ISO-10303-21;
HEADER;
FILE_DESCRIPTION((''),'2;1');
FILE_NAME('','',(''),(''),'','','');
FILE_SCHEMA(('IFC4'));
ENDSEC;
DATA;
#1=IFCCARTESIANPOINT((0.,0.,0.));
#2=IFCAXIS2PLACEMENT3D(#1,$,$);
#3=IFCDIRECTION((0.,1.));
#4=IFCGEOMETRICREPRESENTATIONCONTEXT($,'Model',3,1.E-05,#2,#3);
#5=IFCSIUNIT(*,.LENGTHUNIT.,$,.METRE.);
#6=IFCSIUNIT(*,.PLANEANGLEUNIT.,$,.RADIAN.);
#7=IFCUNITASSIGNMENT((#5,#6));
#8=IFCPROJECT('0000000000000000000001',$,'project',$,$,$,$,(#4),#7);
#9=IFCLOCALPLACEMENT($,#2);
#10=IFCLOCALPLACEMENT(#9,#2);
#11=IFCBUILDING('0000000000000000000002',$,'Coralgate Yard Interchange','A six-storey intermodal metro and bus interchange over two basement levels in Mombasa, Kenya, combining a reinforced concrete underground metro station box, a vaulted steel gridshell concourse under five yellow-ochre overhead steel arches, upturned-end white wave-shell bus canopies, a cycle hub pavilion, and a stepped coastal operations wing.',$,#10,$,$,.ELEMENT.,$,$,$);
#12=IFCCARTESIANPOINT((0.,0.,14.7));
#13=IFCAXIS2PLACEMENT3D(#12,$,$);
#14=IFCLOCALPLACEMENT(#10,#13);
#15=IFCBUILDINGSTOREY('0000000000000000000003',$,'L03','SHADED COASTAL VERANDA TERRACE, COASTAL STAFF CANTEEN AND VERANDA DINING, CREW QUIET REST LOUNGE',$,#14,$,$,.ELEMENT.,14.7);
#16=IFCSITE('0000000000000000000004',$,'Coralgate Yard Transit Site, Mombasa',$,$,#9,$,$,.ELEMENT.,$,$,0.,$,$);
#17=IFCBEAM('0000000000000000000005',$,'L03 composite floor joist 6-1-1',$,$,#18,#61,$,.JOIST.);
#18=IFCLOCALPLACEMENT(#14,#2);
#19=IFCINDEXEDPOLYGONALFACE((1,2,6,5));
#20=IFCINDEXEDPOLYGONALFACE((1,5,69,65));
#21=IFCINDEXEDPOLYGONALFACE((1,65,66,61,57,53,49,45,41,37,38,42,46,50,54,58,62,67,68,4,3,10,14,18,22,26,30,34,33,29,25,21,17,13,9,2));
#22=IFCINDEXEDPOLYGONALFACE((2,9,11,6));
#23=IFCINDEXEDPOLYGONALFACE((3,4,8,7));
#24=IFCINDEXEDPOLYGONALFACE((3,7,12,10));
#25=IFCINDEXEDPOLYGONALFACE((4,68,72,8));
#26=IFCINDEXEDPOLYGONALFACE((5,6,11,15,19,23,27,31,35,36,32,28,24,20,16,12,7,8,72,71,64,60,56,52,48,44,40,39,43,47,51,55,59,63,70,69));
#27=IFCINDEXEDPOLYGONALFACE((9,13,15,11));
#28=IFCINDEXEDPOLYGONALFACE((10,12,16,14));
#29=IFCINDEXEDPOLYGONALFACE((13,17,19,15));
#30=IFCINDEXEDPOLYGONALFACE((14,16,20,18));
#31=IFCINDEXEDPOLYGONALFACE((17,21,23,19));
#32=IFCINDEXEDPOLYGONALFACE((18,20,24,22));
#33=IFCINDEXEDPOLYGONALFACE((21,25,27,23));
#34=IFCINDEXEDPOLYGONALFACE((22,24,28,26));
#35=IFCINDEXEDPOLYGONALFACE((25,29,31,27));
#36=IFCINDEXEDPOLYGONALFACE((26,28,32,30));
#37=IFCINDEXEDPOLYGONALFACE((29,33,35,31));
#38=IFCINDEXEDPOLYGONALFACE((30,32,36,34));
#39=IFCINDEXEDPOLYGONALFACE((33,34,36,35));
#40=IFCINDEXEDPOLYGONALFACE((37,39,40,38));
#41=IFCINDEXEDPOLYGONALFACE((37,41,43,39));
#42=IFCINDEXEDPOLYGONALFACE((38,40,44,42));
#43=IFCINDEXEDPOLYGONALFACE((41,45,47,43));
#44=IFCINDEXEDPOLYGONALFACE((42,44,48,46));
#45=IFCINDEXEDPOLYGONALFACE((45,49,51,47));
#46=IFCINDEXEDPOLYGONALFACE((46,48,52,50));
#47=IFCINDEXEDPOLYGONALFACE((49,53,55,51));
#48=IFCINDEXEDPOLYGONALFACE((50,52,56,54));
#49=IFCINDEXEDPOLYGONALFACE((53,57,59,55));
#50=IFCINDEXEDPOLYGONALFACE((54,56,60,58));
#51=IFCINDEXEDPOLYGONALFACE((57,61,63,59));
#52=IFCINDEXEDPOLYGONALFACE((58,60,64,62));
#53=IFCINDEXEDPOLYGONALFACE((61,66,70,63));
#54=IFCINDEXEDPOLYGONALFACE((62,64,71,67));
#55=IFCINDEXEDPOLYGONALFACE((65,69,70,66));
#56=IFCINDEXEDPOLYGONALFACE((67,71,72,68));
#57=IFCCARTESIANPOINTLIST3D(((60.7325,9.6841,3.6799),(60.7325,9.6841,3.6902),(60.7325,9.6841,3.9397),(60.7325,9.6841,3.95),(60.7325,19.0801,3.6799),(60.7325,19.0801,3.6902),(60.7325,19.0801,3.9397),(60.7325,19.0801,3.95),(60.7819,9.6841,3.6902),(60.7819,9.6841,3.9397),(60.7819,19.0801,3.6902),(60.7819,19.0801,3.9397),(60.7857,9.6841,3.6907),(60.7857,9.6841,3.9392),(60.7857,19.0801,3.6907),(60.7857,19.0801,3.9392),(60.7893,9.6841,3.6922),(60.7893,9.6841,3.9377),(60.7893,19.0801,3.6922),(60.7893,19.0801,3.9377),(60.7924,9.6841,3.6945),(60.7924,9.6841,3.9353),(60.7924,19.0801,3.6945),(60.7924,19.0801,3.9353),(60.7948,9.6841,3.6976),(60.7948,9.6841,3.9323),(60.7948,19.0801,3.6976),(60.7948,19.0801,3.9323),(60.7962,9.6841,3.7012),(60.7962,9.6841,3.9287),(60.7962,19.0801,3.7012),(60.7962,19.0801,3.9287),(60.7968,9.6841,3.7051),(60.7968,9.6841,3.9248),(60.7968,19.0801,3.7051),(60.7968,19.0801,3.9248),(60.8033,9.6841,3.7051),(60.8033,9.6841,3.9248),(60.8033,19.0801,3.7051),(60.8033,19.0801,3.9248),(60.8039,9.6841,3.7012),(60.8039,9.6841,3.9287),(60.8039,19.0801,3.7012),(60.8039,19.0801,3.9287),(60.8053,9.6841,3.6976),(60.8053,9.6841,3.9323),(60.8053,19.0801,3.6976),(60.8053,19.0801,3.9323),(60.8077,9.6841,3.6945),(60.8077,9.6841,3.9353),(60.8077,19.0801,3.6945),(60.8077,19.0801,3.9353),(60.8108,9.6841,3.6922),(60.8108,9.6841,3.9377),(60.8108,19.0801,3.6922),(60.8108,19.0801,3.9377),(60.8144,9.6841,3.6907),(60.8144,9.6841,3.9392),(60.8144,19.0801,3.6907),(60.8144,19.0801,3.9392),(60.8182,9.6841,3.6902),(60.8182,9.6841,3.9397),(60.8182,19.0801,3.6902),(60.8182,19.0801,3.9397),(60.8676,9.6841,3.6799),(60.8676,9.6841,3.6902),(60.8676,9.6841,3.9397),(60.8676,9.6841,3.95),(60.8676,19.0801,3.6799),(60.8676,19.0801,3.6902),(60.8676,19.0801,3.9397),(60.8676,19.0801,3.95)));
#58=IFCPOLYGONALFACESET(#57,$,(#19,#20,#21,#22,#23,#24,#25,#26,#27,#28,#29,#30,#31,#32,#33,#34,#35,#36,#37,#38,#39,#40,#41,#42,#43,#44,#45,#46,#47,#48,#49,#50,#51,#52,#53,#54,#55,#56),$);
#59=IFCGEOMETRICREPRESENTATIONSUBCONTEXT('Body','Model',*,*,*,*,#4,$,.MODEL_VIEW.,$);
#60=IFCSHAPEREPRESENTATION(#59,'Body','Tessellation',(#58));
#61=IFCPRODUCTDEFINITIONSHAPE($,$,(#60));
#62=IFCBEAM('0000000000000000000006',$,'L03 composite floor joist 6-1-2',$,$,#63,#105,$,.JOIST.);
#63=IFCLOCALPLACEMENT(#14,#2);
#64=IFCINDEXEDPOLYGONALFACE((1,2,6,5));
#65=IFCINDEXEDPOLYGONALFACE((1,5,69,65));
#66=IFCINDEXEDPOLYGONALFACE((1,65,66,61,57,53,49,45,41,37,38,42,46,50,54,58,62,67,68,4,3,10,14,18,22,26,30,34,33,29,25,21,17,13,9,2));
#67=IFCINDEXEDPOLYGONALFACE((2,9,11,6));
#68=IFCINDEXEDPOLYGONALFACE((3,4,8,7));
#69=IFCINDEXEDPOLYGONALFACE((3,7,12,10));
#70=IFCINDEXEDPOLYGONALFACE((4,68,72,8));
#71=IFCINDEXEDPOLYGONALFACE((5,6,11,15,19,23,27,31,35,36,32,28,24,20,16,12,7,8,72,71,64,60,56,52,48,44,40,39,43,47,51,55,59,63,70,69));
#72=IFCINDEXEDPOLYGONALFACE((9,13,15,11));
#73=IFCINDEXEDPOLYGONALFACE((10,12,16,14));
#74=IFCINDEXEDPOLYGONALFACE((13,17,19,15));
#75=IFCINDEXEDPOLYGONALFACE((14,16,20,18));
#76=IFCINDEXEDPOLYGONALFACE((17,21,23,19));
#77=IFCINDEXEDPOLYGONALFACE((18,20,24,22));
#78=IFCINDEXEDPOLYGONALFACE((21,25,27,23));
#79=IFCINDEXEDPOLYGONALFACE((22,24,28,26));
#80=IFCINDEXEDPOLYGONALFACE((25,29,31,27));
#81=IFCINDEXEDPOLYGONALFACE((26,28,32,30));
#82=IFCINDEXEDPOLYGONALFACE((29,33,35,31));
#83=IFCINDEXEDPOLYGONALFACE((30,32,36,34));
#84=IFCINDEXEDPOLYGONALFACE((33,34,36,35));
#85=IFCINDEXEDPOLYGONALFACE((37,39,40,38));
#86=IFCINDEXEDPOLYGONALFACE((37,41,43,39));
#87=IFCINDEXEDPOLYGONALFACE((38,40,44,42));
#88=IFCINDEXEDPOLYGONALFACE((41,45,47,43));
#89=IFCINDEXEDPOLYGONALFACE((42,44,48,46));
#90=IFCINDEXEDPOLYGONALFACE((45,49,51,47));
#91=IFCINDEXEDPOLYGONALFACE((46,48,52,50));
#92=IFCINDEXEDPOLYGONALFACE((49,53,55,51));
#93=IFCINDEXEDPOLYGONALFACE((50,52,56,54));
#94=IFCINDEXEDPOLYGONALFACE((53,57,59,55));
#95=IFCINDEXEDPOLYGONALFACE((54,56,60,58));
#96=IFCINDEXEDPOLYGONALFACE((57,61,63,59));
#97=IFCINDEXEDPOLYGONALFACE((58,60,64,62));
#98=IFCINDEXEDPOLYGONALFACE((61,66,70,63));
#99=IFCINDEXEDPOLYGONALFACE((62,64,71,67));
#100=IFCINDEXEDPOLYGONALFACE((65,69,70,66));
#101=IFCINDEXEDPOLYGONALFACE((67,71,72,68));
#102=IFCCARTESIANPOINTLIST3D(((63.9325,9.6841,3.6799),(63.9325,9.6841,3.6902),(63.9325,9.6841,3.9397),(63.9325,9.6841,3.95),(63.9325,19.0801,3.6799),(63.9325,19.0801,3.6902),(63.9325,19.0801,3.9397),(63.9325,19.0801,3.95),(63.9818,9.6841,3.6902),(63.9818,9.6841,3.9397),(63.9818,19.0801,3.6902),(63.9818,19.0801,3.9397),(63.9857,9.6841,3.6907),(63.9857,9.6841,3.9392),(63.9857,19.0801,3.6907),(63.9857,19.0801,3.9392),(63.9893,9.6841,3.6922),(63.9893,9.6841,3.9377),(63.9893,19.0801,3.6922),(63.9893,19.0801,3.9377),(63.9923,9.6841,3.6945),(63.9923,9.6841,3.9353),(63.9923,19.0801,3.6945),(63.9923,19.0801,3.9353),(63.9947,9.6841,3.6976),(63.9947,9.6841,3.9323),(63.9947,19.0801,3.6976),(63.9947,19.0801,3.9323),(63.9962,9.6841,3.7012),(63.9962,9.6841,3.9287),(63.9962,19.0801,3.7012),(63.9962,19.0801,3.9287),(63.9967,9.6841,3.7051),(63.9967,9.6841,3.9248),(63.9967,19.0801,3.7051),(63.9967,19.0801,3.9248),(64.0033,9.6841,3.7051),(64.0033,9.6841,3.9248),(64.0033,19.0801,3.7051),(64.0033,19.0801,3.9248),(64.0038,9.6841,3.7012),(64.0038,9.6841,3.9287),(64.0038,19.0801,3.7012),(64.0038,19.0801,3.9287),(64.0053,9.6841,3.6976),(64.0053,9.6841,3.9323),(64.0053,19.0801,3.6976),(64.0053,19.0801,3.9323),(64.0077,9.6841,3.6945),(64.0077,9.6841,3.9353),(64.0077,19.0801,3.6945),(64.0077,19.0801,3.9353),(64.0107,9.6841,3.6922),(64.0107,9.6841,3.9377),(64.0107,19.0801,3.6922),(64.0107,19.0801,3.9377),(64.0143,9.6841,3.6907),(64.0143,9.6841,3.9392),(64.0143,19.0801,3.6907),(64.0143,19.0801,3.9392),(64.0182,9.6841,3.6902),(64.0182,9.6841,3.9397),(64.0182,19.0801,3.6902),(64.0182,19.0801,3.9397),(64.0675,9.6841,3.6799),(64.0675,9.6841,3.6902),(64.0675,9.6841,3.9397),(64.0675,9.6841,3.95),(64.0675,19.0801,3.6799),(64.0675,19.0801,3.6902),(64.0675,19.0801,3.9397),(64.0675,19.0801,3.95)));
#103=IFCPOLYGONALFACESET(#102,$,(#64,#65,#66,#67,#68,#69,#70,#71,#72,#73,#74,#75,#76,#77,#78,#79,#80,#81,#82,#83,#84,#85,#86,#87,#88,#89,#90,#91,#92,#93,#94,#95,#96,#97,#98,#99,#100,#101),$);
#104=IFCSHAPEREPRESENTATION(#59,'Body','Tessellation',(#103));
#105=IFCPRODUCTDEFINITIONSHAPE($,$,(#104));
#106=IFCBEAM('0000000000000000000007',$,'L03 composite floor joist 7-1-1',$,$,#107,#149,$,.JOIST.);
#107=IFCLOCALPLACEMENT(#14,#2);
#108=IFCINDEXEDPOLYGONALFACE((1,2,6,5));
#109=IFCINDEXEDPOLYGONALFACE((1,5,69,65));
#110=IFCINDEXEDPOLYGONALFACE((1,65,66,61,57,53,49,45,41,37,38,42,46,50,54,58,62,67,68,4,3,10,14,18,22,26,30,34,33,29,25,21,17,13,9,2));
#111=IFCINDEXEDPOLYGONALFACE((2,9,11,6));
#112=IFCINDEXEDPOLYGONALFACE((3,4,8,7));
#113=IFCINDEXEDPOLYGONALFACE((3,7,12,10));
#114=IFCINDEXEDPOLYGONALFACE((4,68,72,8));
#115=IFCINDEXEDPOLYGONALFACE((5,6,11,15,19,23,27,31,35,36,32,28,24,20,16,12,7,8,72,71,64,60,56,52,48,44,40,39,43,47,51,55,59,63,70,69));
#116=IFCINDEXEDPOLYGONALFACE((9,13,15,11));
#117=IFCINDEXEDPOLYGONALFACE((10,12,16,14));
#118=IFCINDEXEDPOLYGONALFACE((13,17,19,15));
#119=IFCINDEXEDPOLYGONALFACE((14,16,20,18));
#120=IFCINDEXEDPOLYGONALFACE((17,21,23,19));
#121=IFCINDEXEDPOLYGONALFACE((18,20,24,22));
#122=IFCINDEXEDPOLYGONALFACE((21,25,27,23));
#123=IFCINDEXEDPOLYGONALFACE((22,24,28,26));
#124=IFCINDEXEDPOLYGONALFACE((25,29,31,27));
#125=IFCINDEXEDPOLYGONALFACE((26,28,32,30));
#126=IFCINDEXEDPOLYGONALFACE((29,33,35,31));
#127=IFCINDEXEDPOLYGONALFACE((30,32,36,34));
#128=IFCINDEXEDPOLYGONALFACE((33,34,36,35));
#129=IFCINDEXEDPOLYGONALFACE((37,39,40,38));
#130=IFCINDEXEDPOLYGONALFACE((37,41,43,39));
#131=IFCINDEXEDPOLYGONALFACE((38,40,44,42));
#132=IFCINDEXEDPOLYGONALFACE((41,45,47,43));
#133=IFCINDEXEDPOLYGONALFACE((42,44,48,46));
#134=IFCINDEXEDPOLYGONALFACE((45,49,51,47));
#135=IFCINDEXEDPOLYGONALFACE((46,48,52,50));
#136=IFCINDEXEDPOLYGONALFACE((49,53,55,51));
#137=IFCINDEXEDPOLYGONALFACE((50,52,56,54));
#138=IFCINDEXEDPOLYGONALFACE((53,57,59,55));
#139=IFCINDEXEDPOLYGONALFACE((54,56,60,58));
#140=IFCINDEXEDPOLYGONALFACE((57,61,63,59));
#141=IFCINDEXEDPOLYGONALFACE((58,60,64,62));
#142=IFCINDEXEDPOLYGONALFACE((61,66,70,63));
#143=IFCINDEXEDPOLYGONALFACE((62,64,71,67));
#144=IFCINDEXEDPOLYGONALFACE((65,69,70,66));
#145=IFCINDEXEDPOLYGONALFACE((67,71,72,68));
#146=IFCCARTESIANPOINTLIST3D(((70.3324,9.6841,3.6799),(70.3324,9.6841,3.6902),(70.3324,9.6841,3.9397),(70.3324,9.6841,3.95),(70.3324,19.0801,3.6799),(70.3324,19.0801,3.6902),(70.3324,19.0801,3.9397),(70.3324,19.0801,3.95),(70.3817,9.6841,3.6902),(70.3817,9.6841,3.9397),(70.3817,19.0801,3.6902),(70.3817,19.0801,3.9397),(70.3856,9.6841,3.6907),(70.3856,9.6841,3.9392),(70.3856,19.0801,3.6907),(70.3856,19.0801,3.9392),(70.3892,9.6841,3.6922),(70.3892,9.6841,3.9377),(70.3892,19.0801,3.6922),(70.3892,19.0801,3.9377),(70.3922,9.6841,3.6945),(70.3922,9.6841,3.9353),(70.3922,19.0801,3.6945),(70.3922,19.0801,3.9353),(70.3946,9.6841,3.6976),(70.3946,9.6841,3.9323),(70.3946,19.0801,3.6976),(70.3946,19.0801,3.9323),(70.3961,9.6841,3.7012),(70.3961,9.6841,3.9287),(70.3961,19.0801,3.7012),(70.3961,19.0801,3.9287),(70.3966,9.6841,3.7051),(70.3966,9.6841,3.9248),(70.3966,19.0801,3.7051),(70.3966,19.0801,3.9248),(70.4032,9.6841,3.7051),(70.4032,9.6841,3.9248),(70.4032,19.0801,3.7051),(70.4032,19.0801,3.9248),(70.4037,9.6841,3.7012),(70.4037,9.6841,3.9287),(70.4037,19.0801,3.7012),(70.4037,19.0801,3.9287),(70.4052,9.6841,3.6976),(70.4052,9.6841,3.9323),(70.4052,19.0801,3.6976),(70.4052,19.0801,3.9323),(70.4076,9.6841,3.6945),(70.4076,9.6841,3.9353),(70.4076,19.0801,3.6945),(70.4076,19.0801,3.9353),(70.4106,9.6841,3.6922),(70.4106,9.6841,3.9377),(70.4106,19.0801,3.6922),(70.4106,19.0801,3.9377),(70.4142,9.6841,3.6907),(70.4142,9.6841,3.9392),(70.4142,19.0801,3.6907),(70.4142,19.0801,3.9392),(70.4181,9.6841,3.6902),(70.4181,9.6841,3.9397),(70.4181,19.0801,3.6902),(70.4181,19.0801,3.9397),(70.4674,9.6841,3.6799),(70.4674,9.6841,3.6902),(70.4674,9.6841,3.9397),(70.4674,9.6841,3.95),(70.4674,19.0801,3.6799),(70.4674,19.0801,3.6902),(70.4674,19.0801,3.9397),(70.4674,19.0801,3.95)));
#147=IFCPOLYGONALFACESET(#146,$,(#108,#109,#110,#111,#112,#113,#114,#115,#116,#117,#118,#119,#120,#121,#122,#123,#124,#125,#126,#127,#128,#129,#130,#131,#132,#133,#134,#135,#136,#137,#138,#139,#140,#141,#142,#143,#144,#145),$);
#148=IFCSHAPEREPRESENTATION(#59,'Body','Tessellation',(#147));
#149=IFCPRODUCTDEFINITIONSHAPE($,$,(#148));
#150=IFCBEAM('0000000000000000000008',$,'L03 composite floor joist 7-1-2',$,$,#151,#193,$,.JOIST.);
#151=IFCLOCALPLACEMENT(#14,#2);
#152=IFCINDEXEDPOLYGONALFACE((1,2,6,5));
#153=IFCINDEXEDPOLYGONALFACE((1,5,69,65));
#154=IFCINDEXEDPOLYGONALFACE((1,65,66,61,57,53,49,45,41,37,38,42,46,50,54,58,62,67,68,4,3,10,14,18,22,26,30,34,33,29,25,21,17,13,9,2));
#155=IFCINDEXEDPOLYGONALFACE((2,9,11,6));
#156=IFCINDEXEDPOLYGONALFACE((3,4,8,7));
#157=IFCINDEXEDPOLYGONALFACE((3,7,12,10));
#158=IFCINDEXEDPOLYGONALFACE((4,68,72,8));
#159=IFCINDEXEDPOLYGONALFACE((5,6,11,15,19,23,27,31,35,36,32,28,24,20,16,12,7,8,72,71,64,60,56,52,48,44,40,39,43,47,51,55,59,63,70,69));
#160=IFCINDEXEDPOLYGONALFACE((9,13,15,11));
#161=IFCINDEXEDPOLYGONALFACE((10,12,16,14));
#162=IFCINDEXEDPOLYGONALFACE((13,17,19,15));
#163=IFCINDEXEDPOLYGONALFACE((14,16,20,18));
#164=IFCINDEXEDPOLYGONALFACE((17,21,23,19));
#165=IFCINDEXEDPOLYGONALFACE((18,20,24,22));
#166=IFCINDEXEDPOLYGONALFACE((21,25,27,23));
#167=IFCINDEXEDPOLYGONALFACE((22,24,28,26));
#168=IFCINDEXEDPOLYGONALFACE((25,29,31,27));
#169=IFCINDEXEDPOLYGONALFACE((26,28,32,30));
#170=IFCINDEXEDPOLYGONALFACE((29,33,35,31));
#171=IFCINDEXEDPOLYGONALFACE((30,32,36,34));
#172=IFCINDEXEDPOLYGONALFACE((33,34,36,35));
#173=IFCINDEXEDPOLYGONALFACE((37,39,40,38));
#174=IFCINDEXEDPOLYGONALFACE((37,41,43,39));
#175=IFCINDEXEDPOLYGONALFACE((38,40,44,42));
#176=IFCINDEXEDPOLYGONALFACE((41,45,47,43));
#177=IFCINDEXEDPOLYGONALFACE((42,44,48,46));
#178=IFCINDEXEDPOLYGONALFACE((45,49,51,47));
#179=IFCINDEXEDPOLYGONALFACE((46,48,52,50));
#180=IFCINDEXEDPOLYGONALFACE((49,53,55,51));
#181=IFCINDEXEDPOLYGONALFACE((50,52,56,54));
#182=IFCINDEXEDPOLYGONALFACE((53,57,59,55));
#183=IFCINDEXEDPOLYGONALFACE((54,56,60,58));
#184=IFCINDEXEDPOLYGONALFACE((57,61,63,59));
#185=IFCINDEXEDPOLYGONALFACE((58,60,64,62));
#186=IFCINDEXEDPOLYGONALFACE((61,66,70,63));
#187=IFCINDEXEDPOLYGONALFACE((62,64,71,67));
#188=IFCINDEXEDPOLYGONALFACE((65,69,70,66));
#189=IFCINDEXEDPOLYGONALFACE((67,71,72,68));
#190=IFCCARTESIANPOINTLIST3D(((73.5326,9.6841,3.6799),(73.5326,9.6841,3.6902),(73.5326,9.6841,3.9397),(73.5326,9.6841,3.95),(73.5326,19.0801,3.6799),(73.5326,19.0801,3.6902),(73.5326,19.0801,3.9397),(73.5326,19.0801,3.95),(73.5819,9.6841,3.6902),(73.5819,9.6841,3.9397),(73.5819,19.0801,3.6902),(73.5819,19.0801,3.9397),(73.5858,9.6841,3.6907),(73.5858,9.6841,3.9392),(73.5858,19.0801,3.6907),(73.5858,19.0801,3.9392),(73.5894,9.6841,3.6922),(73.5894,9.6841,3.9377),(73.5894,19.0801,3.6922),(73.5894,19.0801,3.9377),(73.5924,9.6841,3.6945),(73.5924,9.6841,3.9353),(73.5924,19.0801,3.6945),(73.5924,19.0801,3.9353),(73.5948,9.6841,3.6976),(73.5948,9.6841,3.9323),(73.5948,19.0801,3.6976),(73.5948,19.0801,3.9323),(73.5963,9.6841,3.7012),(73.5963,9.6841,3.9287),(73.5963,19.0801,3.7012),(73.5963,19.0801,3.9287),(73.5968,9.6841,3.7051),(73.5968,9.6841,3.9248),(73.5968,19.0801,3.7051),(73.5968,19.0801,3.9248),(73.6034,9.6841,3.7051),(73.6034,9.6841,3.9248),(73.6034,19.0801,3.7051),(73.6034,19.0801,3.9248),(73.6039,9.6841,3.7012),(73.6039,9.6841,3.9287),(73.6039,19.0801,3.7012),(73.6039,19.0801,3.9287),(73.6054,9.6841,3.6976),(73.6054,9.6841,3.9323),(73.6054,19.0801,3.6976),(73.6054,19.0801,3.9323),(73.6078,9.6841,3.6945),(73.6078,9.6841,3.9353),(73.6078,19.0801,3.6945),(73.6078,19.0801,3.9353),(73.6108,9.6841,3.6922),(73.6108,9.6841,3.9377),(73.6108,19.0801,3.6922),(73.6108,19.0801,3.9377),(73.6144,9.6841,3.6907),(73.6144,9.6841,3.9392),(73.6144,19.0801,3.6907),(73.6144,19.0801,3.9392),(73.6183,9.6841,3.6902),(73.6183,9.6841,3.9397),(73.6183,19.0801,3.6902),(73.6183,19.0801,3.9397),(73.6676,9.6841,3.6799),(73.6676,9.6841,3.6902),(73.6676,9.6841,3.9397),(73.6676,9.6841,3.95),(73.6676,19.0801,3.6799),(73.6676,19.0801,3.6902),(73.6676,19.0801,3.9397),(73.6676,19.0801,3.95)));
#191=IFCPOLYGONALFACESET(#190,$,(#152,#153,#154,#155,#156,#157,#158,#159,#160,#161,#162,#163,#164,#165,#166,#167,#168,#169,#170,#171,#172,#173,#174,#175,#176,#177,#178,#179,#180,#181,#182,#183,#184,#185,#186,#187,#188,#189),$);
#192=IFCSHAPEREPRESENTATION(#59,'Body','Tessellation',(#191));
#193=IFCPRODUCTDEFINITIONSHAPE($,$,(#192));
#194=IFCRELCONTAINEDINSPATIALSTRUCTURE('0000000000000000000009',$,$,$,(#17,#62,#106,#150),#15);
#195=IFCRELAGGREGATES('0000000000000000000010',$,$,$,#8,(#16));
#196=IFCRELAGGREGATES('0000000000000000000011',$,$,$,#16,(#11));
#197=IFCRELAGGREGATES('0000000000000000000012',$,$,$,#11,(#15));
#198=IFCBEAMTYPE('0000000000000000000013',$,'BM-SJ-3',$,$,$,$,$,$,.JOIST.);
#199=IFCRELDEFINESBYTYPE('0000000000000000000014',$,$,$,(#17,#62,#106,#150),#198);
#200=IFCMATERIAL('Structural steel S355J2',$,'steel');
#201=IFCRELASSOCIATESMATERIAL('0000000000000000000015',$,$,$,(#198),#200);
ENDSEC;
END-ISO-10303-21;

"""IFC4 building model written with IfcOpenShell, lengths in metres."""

from ifc_helpers import new_model, si_unit, direction, frame, origin, origin_2d, place, context, subcontext, project, spatial, i_section, extrude, material, material_profile, profile_set, type_object, element, save


model = new_model("IFC4")

# Units and contexts
model_context = context("Model", 3, precision=1e-05, world=origin(), true_north=direction((0.0, 1.0)))
body_context = subcontext(model_context, "Body", "Model", "MODEL_VIEW")
ifc_project = project(units=[si_unit("LENGTHUNIT", "METRE"), si_unit("PLANEANGLEUNIT", "RADIAN")], contexts=[model_context])

# Site, building, storey
site_placement = place(None, origin())
site = spatial("IfcSite", under=ifc_project, at=site_placement, Name="Coralgate Yard Transit Site, Mombasa", CompositionType="ELEMENT", RefElevation=0.0)
building_placement = place(site_placement, origin())
building = spatial("IfcBuilding", under=site, at=building_placement, Name="Coralgate Yard Interchange", Description="A six-storey intermodal metro and bus interchange over two basement levels in Mombasa, Kenya, combining a reinforced concrete underground metro station box, a vaulted steel gridshell concourse under five yellow-ochre overhead steel arches, upturned-end white wave-shell bus canopies, a cycle hub pavilion, and a stepped coastal operations wing.", CompositionType="ELEMENT")
storey_placement = place(building_placement, frame((0.0, 0.0, 14.7)))
storey = spatial("IfcBuildingStorey", under=building, at=storey_placement, Name="L03", Description="SHADED COASTAL VERANDA TERRACE, COASTAL STAFF CANTEEN AND VERANDA DINING, CREW QUIET REST LOUNGE", CompositionType="ELEMENT", Elevation=14.7)

# Shared definitions
ifc_material_1 = material(Name="Structural steel S355J2", Category="steel")

# Beams
ifc_material_profile_1 = material_profile(ifc_material_1, i_section(OverallWidth=0.135, OverallDepth=0.27, WebThickness=0.0066, FlangeThickness=0.0103, FilletRadius=0.0149, at=origin_2d()), Name="IPE 270")
ifc_profile_set_1 = profile_set([ifc_material_profile_1], Name="Structural steel S355J2")
beam_type_1 = type_object("IfcBeamType", Name="BM-SJ-3", PredefinedType="JOIST", material=ifc_profile_set_1)
for number, where, z_axis, x_axis, name in (
    (1, (60.8, 9.6841, 3.8149), (0.0, 1.0, 0.0), (-1.0, 0.0, 0.0), "L03 composite floor joist 6-1-1"),
    (2, (64.0, 9.6841, 3.8149), (0.0, 1.0, 0.0), (-1.0, 0.0, 0.0), "L03 composite floor joist 6-1-2"),
    (3, (70.3999, 9.6841, 3.8149), (0.0, 1.0, 0.0), (-1.0, 0.0, 0.0), "L03 composite floor joist 7-1-1"),
    (4, (73.6001, 9.6841, 3.8149), (0.0, 1.0, 0.0), (-1.0, 0.0, 0.0), "L03 composite floor joist 7-1-2"),
):
    element("IfcBeam", number, at=place(storey_placement, frame(where, z_axis=z_axis, x_axis=x_axis)), inside=storey, type_object=beam_type_1, Name=name, PredefinedType="JOIST", context=body_context, shape_type="SweptSolid", body=[
        extrude(i_section(OverallWidth=0.135, OverallDepth=0.27, WebThickness=0.0066, FlangeThickness=0.0103, FilletRadius=0.0149, at=origin_2d()), origin(), (0.0, 0.0, 1.0), 9.396),
    ])

save(model, "model.ifc")
